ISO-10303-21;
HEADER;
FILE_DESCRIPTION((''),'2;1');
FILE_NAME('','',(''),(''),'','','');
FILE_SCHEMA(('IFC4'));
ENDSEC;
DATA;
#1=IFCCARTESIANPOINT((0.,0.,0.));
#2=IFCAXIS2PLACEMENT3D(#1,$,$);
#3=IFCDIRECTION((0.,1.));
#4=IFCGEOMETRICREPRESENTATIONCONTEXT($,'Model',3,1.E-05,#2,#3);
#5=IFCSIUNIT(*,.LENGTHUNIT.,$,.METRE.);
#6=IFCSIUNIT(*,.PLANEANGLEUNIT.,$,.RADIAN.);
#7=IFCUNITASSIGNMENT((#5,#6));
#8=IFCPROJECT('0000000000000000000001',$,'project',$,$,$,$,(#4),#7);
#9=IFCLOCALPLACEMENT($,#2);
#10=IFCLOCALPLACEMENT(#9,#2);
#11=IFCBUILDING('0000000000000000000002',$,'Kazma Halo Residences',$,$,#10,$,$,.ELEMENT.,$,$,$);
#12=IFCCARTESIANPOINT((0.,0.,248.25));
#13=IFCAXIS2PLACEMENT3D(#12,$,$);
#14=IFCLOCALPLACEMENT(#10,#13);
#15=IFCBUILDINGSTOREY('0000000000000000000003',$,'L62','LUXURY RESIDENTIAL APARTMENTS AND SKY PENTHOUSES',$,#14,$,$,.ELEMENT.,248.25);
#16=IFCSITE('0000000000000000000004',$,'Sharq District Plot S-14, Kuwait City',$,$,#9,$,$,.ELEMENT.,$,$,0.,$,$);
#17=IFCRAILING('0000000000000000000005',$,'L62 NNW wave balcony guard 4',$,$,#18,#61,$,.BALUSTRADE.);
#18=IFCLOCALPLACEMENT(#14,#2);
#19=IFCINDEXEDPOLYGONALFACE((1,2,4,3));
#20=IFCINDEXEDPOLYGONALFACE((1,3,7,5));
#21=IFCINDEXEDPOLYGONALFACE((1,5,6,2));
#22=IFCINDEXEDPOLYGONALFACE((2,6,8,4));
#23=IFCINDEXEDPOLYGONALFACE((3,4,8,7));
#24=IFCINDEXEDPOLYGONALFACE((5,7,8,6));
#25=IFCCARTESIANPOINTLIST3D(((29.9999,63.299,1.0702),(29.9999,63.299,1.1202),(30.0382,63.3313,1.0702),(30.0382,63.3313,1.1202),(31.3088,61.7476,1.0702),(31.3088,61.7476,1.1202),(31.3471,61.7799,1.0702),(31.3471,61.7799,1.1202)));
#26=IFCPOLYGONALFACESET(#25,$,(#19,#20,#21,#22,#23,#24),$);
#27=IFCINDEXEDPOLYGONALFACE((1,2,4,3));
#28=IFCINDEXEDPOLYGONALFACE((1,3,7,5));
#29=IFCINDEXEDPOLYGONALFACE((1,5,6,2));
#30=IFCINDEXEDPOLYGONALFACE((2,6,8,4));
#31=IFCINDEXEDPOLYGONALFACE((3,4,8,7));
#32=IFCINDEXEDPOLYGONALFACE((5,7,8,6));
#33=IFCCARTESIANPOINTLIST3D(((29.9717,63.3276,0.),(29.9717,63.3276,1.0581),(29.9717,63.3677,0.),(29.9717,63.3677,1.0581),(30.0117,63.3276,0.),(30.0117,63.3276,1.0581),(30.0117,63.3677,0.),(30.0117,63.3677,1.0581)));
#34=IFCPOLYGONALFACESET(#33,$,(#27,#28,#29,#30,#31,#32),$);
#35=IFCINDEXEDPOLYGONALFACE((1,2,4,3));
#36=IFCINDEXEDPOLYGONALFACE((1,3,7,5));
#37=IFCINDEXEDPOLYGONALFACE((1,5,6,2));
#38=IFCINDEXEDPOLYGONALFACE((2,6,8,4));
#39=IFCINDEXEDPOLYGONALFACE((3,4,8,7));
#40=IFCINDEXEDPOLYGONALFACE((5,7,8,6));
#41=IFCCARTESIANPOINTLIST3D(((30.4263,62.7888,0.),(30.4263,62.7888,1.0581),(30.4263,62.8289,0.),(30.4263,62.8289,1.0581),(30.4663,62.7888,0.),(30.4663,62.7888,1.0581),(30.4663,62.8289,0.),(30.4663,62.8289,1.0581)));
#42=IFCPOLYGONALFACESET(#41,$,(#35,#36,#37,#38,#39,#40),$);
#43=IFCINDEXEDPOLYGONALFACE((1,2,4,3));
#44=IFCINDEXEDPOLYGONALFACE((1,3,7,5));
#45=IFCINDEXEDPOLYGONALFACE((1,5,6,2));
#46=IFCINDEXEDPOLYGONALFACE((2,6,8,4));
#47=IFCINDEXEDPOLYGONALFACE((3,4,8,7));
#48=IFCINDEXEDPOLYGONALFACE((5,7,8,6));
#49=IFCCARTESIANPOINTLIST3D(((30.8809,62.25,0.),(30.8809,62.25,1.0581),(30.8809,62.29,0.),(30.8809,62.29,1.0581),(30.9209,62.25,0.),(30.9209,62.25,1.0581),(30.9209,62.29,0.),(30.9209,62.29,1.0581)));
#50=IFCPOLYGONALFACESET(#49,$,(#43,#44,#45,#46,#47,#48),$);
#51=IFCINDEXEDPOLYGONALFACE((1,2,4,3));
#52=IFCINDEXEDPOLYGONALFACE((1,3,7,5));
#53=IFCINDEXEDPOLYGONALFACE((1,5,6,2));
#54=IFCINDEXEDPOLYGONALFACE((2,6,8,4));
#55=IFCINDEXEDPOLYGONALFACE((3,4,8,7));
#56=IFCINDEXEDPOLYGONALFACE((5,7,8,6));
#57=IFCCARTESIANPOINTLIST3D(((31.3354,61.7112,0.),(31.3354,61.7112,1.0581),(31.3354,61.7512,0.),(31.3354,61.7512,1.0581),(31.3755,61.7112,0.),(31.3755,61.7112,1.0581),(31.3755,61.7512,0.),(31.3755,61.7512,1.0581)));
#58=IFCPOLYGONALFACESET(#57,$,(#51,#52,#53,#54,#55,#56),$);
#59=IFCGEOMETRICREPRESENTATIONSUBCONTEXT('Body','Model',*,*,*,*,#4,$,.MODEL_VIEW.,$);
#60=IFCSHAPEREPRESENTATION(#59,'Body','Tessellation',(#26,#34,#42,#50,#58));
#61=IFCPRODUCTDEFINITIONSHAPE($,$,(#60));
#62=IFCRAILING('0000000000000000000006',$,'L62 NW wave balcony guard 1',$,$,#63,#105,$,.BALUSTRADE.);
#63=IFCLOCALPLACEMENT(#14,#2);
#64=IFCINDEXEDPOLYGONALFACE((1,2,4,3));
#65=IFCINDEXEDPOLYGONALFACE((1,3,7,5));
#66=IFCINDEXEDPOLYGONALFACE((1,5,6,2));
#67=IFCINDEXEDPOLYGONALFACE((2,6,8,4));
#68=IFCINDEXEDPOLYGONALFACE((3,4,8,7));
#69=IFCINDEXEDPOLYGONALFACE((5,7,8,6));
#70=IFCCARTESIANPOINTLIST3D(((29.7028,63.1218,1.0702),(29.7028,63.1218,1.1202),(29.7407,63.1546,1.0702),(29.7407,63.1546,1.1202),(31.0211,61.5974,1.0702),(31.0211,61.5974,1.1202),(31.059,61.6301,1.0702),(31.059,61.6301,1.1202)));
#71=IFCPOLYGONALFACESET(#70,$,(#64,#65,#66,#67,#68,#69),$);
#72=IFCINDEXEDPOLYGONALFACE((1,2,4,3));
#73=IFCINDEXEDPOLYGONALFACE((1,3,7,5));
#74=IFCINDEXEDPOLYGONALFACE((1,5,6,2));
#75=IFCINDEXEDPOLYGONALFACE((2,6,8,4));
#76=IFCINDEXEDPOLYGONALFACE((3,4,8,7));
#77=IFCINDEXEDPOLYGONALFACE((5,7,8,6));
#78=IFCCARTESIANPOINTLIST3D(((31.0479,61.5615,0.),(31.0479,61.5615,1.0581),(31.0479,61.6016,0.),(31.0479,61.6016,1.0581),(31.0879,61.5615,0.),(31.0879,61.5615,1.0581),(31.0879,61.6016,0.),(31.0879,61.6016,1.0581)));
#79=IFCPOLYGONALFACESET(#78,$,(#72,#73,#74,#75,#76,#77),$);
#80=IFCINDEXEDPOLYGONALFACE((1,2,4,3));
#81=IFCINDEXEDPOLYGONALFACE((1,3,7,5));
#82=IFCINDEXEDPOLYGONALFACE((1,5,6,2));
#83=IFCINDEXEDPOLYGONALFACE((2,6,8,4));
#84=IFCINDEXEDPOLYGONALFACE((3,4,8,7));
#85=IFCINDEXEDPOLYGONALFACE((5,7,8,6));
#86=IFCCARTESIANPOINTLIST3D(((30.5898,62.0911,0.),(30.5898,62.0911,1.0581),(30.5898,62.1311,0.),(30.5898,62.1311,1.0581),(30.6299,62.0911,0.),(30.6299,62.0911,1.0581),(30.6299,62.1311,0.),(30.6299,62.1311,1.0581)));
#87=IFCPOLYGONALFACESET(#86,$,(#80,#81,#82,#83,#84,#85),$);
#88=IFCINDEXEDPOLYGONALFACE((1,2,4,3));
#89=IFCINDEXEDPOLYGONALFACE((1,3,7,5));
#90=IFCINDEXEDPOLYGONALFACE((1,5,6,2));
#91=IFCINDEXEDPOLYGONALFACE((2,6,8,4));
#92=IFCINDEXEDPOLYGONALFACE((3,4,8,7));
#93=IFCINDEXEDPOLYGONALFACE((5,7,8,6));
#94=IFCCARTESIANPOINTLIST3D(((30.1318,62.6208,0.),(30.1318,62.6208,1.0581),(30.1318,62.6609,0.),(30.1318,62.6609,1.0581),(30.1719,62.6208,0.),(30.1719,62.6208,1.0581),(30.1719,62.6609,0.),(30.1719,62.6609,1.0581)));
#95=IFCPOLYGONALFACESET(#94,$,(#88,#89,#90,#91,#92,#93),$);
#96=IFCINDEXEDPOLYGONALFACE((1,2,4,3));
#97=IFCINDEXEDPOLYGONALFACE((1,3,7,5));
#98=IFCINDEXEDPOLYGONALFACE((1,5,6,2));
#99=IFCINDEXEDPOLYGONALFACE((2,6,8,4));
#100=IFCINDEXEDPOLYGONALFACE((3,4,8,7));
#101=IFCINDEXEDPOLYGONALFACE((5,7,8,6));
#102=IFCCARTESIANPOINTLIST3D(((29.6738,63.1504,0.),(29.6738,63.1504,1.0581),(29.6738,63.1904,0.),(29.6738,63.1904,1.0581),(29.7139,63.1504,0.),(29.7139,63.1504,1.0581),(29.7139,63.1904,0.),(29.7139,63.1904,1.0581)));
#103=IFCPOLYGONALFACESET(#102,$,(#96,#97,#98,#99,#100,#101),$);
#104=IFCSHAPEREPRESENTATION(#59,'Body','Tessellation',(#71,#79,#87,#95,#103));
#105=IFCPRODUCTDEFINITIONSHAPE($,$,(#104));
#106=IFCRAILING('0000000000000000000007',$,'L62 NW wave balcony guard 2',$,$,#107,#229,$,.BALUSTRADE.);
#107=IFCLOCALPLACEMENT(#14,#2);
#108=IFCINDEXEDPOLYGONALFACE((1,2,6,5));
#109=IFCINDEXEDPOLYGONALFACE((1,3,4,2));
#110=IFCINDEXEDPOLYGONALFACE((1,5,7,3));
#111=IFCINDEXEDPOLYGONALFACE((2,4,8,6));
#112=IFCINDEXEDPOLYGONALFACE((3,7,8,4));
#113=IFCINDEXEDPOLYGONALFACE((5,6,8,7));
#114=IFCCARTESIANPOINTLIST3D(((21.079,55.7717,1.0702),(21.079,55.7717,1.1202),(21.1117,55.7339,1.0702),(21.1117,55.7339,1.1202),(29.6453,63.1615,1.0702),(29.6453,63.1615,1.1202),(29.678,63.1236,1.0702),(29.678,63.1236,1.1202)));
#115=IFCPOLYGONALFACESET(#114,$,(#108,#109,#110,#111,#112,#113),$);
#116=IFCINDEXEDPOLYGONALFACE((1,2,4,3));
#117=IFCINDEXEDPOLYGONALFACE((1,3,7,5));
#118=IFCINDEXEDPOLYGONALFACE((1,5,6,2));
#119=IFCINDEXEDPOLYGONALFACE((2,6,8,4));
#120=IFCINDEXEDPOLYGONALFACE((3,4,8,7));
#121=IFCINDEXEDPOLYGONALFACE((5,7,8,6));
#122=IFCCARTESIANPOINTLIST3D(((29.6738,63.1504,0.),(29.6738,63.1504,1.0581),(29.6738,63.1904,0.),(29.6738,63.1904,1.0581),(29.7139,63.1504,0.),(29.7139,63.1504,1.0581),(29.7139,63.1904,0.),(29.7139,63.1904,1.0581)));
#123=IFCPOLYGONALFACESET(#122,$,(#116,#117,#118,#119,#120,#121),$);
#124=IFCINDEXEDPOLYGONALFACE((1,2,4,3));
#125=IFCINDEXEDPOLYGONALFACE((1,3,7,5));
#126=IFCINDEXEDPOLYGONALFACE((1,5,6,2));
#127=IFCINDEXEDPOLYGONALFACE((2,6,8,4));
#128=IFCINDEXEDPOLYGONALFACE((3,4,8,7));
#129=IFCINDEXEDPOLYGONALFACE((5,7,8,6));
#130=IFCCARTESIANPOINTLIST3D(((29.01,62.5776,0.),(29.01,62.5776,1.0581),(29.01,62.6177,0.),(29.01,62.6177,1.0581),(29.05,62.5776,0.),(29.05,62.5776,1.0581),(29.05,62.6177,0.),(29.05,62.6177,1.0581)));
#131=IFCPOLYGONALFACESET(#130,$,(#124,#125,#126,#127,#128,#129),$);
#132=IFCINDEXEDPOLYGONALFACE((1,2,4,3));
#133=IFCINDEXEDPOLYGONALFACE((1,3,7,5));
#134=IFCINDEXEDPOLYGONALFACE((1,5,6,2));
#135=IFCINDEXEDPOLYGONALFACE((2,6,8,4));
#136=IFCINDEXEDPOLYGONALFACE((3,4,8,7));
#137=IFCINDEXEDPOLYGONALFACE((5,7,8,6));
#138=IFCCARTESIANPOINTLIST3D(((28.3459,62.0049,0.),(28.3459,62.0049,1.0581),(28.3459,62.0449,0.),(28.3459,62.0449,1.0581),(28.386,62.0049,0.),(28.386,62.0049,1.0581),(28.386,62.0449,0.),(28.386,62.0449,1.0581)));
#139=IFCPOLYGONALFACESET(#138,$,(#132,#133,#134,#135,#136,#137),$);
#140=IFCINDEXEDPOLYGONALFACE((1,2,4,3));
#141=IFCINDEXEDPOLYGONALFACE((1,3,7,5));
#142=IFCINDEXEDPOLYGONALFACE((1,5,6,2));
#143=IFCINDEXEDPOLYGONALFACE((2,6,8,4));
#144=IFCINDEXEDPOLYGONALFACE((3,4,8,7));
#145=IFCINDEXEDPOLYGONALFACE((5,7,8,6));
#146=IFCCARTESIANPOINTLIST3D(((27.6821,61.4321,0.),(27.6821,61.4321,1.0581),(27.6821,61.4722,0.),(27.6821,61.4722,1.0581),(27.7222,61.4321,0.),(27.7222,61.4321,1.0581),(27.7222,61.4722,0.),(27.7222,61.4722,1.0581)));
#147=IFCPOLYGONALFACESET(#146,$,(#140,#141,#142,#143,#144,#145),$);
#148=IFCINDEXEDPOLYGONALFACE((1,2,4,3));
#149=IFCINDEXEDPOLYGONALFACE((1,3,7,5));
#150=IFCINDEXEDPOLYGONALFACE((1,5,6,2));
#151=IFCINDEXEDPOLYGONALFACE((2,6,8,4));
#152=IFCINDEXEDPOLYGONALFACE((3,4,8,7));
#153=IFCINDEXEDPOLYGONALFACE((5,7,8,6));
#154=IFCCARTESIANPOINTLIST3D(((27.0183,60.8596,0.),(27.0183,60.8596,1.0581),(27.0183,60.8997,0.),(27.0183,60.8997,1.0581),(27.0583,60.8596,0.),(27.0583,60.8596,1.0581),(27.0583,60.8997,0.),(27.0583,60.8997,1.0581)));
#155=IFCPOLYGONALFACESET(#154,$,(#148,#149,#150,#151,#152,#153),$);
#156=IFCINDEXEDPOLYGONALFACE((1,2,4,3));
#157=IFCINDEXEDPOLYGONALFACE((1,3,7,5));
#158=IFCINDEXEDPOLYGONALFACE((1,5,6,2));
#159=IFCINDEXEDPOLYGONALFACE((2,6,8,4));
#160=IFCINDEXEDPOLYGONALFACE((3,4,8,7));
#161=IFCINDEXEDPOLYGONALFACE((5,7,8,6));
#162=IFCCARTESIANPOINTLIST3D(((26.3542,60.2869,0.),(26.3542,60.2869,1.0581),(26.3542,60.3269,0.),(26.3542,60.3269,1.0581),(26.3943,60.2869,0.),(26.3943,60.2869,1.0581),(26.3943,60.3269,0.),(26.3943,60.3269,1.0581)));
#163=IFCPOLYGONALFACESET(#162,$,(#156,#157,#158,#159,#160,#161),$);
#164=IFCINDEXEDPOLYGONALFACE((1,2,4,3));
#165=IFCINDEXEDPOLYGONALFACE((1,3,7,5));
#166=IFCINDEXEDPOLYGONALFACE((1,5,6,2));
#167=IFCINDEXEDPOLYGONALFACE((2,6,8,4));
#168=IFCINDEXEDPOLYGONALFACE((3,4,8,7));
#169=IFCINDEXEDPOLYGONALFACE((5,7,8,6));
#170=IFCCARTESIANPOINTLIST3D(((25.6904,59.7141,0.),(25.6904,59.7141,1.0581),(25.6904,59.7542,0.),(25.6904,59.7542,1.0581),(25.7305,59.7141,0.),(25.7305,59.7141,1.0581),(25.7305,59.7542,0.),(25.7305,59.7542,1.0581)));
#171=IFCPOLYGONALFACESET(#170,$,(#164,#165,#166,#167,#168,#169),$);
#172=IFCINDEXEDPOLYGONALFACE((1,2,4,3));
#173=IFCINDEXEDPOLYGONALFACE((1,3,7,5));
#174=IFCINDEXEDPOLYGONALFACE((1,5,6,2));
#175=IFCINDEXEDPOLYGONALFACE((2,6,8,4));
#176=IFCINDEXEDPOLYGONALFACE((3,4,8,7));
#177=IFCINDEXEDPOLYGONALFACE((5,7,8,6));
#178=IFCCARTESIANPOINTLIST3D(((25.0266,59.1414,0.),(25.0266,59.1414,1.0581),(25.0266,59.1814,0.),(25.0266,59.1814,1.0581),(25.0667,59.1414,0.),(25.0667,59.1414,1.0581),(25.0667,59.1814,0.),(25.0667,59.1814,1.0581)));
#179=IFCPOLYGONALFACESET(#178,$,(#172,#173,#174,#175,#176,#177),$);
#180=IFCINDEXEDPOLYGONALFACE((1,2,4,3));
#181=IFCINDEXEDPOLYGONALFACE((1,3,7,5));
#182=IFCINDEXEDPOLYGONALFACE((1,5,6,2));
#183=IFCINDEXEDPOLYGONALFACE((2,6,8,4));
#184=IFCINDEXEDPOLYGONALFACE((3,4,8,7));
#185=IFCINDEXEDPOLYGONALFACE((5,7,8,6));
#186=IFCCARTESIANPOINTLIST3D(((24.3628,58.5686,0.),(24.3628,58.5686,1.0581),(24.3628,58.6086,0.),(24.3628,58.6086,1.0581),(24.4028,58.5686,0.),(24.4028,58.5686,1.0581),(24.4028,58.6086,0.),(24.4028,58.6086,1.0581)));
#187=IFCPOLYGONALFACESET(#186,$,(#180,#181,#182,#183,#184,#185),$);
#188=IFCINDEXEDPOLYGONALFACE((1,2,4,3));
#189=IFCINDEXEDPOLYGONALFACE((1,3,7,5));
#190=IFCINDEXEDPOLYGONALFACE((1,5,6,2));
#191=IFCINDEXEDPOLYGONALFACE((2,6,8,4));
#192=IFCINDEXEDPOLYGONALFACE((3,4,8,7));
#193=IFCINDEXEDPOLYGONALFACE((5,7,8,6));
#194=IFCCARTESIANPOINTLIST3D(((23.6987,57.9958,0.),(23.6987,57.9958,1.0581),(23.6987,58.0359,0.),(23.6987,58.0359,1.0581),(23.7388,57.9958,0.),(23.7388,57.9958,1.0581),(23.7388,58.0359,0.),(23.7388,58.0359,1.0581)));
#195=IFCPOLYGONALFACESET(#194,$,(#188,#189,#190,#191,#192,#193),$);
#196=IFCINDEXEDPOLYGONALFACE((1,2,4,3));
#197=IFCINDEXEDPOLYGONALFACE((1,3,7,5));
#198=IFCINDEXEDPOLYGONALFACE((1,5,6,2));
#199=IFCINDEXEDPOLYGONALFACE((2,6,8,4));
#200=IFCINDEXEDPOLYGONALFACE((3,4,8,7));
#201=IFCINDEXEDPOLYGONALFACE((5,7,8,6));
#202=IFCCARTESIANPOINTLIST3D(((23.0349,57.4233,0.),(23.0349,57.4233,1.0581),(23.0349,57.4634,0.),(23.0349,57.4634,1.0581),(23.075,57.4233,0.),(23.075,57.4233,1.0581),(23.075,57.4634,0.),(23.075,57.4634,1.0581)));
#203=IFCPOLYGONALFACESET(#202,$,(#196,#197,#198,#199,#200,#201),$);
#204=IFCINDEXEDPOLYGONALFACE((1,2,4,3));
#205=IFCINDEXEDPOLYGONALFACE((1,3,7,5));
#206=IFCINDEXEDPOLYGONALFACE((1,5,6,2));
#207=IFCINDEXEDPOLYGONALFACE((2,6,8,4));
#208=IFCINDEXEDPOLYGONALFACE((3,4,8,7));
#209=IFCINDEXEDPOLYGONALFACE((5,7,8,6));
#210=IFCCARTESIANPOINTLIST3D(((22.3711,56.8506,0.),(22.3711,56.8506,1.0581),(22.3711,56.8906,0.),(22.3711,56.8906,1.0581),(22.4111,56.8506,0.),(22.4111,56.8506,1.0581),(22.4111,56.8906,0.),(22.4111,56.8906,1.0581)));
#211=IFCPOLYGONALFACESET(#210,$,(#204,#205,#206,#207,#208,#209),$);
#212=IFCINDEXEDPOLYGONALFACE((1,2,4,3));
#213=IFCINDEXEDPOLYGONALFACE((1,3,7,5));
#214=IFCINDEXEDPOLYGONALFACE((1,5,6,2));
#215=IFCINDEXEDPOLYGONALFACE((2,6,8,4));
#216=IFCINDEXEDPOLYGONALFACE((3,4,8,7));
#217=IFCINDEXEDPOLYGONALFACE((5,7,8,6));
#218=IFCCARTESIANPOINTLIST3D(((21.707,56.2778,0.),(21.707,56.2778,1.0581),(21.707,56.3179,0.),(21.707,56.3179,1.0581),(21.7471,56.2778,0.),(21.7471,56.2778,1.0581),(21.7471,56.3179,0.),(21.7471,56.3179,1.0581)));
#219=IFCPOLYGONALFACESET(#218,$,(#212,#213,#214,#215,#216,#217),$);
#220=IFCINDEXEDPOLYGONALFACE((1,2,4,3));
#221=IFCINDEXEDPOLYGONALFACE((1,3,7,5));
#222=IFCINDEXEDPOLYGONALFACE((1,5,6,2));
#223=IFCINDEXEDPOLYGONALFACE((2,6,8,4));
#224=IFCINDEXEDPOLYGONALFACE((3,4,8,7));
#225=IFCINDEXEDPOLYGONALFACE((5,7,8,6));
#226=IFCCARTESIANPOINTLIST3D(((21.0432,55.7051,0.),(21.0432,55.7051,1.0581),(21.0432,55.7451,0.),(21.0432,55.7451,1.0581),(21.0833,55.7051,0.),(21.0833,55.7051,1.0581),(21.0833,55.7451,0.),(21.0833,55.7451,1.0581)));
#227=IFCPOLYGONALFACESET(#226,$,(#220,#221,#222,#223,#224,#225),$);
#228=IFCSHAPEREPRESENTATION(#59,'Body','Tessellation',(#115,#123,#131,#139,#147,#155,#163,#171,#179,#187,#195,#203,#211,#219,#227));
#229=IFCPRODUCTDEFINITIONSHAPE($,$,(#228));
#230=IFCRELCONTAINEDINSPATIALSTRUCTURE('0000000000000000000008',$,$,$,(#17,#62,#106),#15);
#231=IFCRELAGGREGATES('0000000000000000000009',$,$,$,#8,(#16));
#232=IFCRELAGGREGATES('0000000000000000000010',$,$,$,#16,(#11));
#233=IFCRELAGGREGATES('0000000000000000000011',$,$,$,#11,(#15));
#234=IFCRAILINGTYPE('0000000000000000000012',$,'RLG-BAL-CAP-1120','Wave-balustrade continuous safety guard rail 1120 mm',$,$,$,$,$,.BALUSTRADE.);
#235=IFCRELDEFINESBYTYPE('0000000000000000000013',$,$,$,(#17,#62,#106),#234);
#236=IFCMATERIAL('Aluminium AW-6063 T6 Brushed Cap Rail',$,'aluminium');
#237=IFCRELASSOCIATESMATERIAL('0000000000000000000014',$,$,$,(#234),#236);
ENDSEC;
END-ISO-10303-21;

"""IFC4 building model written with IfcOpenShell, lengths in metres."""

from ifc_helpers import new_model, si_unit, direction, frame, origin, origin_2d, place, context, subcontext, project, spatial, rectangle, extrude, material, type_object, element, save


model = new_model("IFC4")

# Units and contexts
model_context = context("Model", 3, precision=1e-05, world=origin(), true_north=direction((0.0, 1.0)))
body_context = subcontext(model_context, "Body", "Model", "MODEL_VIEW")
ifc_project = project(units=[si_unit("LENGTHUNIT", "METRE"), si_unit("PLANEANGLEUNIT", "RADIAN")], contexts=[model_context])

# Site, building, storey
site_placement = place(None, origin())
site = spatial("IfcSite", under=ifc_project, at=site_placement, Name="Sharq District Plot S-14, Kuwait City", CompositionType="ELEMENT", RefElevation=0.0)
building_placement = place(site_placement, origin())
building = spatial("IfcBuilding", under=site, at=building_placement, Name="Kazma Halo Residences", CompositionType="ELEMENT")
storey_placement = place(building_placement, frame((0.0, 0.0, 248.25)))
storey = spatial("IfcBuildingStorey", under=building, at=storey_placement, Name="L62", Description="LUXURY RESIDENTIAL APARTMENTS AND SKY PENTHOUSES", CompositionType="ELEMENT", Elevation=248.25)

# Railings
ifc_material_1 = material(Name="Aluminium AW-6063 T6 Brushed Cap Rail", Category="aluminium")
railing_type = type_object("IfcRailingType", Name="RLG-BAL-CAP-1120", Description="Wave-balustrade continuous safety guard rail 1120 mm", PredefinedType="BALUSTRADE", material=ifc_material_1)
railing_1_placement = place(storey_placement, frame((29.9917, 63.3477, 0.0)))
element("IfcRailing", 1, at=railing_1_placement, inside=storey, type_object=railing_type, Name="L62 NNW wave balcony guard 4", PredefinedType="BALUSTRADE", context=body_context, shape_type="SweptSolid", body=[
    extrude(rectangle(XDim=0.05, YDim=0.05, at=origin_2d()), frame((0.0273, -0.0325, 1.0952), z_axis=(0.644839, -0.764318, 0.0), x_axis=(0.764318, 0.644839, 0.0)), (0.0, 0.0, 1.0), 2.0298),
    extrude(rectangle(XDim=0.04, YDim=0.04, at=origin_2d()), origin(), (0.0, 0.0, 1.0), 1.0581),
    extrude(rectangle(XDim=0.04, YDim=0.04, at=origin_2d()), frame((0.4546, -0.5388, 0.0)), (0.0, 0.0, 1.0), 1.0581),
    extrude(rectangle(XDim=0.04, YDim=0.04, at=origin_2d()), frame((0.9092, -1.0776, 0.0)), (0.0, 0.0, 1.0), 1.0581),
    extrude(rectangle(XDim=0.04, YDim=0.04, at=origin_2d()), frame((1.3638, -1.6165, 0.0)), (0.0, 0.0, 1.0), 1.0581),
])
railing_2_placement = place(storey_placement, frame((31.0679, 61.5815, 0.0)))
element("IfcRailing", 2, at=railing_2_placement, inside=storey, type_object=railing_type, Name="L62 NW wave balcony guard 1", PredefinedType="BALUSTRADE", context=body_context, shape_type="SweptSolid", body=[
    extrude(rectangle(XDim=0.05, YDim=0.05, at=origin_2d()), frame((-0.0278, 0.0322, 1.0952), z_axis=(-0.654116, 0.756394, 0.0), x_axis=(-0.756394, -0.654116, 0.0)), (0.0, 0.0, 1.0), 2.0154),
    extrude(rectangle(XDim=0.04, YDim=0.04, at=origin_2d()), origin(), (0.0, 0.0, 1.0), 1.0581),
    extrude(rectangle(XDim=0.04, YDim=0.04, at=origin_2d()), frame((-0.458, 0.5295, 0.0)), (0.0, 0.0, 1.0), 1.0581),
    extrude(rectangle(XDim=0.04, YDim=0.04, at=origin_2d()), frame((-0.916, 1.0593, 0.0)), (0.0, 0.0, 1.0), 1.0581),
    extrude(rectangle(XDim=0.04, YDim=0.04, at=origin_2d()), frame((-1.374, 1.5889, 0.0)), (0.0, 0.0, 1.0), 1.0581),
])
railing_3_placement = place(storey_placement, frame((29.6938, 63.1704, 0.0)))
element("IfcRailing", 3, at=railing_3_placement, inside=storey, type_object=railing_type, Name="L62 NW wave balcony guard 2", PredefinedType="BALUSTRADE", context=body_context, shape_type="SweptSolid", body=[
    extrude(rectangle(XDim=0.05, YDim=0.05, at=origin_2d()), frame((-0.0322, -0.0278, 1.0952), z_axis=(-0.757187, -0.653198, 0.0), x_axis=(0.653198, -0.757187, 0.0)), (0.0, 0.0, 1.0), 11.3132),
    extrude(rectangle(XDim=0.04, YDim=0.04, at=origin_2d()), origin(), (0.0, 0.0, 1.0), 1.0581),
    extrude(rectangle(XDim=0.04, YDim=0.04, at=origin_2d()), frame((-0.6638, -0.5728, 0.0)), (0.0, 0.0, 1.0), 1.0581),
    extrude(rectangle(XDim=0.04, YDim=0.04, at=origin_2d()), frame((-1.3279, -1.1455, 0.0)), (0.0, 0.0, 1.0), 1.0581),
    extrude(rectangle(XDim=0.04, YDim=0.04, at=origin_2d()), frame((-1.9917, -1.7183, 0.0)), (0.0, 0.0, 1.0), 1.0581),
    extrude(rectangle(XDim=0.04, YDim=0.04, at=origin_2d()), frame((-2.6555, -2.2908, 0.0)), (0.0, 0.0, 1.0), 1.0581),
    extrude(rectangle(XDim=0.04, YDim=0.04, at=origin_2d()), frame((-3.3196, -2.8635, 0.0)), (0.0, 0.0, 1.0), 1.0581),
    extrude(rectangle(XDim=0.04, YDim=0.04, at=origin_2d()), frame((-3.9834, -3.4363, 0.0)), (0.0, 0.0, 1.0), 1.0581),
    extrude(rectangle(XDim=0.04, YDim=0.04, at=origin_2d()), frame((-4.6472, -4.009, 0.0)), (0.0, 0.0, 1.0), 1.0581),
    extrude(rectangle(XDim=0.04, YDim=0.04, at=origin_2d()), frame((-5.311, -4.5818, 0.0)), (0.0, 0.0, 1.0), 1.0581),
    extrude(rectangle(XDim=0.04, YDim=0.04, at=origin_2d()), frame((-5.9751, -5.1545, 0.0)), (0.0, 0.0, 1.0), 1.0581),
    extrude(rectangle(XDim=0.04, YDim=0.04, at=origin_2d()), frame((-6.6389, -5.7271, 0.0)), (0.0, 0.0, 1.0), 1.0581),
    extrude(rectangle(XDim=0.04, YDim=0.04, at=origin_2d()), frame((-7.3027, -6.2998, 0.0)), (0.0, 0.0, 1.0), 1.0581),
    extrude(rectangle(XDim=0.04, YDim=0.04, at=origin_2d()), frame((-7.9668, -6.8726, 0.0)), (0.0, 0.0, 1.0), 1.0581),
    extrude(rectangle(XDim=0.04, YDim=0.04, at=origin_2d()), frame((-8.6306, -7.4453, 0.0)), (0.0, 0.0, 1.0), 1.0581),
])

save(model, "model.ifc")
